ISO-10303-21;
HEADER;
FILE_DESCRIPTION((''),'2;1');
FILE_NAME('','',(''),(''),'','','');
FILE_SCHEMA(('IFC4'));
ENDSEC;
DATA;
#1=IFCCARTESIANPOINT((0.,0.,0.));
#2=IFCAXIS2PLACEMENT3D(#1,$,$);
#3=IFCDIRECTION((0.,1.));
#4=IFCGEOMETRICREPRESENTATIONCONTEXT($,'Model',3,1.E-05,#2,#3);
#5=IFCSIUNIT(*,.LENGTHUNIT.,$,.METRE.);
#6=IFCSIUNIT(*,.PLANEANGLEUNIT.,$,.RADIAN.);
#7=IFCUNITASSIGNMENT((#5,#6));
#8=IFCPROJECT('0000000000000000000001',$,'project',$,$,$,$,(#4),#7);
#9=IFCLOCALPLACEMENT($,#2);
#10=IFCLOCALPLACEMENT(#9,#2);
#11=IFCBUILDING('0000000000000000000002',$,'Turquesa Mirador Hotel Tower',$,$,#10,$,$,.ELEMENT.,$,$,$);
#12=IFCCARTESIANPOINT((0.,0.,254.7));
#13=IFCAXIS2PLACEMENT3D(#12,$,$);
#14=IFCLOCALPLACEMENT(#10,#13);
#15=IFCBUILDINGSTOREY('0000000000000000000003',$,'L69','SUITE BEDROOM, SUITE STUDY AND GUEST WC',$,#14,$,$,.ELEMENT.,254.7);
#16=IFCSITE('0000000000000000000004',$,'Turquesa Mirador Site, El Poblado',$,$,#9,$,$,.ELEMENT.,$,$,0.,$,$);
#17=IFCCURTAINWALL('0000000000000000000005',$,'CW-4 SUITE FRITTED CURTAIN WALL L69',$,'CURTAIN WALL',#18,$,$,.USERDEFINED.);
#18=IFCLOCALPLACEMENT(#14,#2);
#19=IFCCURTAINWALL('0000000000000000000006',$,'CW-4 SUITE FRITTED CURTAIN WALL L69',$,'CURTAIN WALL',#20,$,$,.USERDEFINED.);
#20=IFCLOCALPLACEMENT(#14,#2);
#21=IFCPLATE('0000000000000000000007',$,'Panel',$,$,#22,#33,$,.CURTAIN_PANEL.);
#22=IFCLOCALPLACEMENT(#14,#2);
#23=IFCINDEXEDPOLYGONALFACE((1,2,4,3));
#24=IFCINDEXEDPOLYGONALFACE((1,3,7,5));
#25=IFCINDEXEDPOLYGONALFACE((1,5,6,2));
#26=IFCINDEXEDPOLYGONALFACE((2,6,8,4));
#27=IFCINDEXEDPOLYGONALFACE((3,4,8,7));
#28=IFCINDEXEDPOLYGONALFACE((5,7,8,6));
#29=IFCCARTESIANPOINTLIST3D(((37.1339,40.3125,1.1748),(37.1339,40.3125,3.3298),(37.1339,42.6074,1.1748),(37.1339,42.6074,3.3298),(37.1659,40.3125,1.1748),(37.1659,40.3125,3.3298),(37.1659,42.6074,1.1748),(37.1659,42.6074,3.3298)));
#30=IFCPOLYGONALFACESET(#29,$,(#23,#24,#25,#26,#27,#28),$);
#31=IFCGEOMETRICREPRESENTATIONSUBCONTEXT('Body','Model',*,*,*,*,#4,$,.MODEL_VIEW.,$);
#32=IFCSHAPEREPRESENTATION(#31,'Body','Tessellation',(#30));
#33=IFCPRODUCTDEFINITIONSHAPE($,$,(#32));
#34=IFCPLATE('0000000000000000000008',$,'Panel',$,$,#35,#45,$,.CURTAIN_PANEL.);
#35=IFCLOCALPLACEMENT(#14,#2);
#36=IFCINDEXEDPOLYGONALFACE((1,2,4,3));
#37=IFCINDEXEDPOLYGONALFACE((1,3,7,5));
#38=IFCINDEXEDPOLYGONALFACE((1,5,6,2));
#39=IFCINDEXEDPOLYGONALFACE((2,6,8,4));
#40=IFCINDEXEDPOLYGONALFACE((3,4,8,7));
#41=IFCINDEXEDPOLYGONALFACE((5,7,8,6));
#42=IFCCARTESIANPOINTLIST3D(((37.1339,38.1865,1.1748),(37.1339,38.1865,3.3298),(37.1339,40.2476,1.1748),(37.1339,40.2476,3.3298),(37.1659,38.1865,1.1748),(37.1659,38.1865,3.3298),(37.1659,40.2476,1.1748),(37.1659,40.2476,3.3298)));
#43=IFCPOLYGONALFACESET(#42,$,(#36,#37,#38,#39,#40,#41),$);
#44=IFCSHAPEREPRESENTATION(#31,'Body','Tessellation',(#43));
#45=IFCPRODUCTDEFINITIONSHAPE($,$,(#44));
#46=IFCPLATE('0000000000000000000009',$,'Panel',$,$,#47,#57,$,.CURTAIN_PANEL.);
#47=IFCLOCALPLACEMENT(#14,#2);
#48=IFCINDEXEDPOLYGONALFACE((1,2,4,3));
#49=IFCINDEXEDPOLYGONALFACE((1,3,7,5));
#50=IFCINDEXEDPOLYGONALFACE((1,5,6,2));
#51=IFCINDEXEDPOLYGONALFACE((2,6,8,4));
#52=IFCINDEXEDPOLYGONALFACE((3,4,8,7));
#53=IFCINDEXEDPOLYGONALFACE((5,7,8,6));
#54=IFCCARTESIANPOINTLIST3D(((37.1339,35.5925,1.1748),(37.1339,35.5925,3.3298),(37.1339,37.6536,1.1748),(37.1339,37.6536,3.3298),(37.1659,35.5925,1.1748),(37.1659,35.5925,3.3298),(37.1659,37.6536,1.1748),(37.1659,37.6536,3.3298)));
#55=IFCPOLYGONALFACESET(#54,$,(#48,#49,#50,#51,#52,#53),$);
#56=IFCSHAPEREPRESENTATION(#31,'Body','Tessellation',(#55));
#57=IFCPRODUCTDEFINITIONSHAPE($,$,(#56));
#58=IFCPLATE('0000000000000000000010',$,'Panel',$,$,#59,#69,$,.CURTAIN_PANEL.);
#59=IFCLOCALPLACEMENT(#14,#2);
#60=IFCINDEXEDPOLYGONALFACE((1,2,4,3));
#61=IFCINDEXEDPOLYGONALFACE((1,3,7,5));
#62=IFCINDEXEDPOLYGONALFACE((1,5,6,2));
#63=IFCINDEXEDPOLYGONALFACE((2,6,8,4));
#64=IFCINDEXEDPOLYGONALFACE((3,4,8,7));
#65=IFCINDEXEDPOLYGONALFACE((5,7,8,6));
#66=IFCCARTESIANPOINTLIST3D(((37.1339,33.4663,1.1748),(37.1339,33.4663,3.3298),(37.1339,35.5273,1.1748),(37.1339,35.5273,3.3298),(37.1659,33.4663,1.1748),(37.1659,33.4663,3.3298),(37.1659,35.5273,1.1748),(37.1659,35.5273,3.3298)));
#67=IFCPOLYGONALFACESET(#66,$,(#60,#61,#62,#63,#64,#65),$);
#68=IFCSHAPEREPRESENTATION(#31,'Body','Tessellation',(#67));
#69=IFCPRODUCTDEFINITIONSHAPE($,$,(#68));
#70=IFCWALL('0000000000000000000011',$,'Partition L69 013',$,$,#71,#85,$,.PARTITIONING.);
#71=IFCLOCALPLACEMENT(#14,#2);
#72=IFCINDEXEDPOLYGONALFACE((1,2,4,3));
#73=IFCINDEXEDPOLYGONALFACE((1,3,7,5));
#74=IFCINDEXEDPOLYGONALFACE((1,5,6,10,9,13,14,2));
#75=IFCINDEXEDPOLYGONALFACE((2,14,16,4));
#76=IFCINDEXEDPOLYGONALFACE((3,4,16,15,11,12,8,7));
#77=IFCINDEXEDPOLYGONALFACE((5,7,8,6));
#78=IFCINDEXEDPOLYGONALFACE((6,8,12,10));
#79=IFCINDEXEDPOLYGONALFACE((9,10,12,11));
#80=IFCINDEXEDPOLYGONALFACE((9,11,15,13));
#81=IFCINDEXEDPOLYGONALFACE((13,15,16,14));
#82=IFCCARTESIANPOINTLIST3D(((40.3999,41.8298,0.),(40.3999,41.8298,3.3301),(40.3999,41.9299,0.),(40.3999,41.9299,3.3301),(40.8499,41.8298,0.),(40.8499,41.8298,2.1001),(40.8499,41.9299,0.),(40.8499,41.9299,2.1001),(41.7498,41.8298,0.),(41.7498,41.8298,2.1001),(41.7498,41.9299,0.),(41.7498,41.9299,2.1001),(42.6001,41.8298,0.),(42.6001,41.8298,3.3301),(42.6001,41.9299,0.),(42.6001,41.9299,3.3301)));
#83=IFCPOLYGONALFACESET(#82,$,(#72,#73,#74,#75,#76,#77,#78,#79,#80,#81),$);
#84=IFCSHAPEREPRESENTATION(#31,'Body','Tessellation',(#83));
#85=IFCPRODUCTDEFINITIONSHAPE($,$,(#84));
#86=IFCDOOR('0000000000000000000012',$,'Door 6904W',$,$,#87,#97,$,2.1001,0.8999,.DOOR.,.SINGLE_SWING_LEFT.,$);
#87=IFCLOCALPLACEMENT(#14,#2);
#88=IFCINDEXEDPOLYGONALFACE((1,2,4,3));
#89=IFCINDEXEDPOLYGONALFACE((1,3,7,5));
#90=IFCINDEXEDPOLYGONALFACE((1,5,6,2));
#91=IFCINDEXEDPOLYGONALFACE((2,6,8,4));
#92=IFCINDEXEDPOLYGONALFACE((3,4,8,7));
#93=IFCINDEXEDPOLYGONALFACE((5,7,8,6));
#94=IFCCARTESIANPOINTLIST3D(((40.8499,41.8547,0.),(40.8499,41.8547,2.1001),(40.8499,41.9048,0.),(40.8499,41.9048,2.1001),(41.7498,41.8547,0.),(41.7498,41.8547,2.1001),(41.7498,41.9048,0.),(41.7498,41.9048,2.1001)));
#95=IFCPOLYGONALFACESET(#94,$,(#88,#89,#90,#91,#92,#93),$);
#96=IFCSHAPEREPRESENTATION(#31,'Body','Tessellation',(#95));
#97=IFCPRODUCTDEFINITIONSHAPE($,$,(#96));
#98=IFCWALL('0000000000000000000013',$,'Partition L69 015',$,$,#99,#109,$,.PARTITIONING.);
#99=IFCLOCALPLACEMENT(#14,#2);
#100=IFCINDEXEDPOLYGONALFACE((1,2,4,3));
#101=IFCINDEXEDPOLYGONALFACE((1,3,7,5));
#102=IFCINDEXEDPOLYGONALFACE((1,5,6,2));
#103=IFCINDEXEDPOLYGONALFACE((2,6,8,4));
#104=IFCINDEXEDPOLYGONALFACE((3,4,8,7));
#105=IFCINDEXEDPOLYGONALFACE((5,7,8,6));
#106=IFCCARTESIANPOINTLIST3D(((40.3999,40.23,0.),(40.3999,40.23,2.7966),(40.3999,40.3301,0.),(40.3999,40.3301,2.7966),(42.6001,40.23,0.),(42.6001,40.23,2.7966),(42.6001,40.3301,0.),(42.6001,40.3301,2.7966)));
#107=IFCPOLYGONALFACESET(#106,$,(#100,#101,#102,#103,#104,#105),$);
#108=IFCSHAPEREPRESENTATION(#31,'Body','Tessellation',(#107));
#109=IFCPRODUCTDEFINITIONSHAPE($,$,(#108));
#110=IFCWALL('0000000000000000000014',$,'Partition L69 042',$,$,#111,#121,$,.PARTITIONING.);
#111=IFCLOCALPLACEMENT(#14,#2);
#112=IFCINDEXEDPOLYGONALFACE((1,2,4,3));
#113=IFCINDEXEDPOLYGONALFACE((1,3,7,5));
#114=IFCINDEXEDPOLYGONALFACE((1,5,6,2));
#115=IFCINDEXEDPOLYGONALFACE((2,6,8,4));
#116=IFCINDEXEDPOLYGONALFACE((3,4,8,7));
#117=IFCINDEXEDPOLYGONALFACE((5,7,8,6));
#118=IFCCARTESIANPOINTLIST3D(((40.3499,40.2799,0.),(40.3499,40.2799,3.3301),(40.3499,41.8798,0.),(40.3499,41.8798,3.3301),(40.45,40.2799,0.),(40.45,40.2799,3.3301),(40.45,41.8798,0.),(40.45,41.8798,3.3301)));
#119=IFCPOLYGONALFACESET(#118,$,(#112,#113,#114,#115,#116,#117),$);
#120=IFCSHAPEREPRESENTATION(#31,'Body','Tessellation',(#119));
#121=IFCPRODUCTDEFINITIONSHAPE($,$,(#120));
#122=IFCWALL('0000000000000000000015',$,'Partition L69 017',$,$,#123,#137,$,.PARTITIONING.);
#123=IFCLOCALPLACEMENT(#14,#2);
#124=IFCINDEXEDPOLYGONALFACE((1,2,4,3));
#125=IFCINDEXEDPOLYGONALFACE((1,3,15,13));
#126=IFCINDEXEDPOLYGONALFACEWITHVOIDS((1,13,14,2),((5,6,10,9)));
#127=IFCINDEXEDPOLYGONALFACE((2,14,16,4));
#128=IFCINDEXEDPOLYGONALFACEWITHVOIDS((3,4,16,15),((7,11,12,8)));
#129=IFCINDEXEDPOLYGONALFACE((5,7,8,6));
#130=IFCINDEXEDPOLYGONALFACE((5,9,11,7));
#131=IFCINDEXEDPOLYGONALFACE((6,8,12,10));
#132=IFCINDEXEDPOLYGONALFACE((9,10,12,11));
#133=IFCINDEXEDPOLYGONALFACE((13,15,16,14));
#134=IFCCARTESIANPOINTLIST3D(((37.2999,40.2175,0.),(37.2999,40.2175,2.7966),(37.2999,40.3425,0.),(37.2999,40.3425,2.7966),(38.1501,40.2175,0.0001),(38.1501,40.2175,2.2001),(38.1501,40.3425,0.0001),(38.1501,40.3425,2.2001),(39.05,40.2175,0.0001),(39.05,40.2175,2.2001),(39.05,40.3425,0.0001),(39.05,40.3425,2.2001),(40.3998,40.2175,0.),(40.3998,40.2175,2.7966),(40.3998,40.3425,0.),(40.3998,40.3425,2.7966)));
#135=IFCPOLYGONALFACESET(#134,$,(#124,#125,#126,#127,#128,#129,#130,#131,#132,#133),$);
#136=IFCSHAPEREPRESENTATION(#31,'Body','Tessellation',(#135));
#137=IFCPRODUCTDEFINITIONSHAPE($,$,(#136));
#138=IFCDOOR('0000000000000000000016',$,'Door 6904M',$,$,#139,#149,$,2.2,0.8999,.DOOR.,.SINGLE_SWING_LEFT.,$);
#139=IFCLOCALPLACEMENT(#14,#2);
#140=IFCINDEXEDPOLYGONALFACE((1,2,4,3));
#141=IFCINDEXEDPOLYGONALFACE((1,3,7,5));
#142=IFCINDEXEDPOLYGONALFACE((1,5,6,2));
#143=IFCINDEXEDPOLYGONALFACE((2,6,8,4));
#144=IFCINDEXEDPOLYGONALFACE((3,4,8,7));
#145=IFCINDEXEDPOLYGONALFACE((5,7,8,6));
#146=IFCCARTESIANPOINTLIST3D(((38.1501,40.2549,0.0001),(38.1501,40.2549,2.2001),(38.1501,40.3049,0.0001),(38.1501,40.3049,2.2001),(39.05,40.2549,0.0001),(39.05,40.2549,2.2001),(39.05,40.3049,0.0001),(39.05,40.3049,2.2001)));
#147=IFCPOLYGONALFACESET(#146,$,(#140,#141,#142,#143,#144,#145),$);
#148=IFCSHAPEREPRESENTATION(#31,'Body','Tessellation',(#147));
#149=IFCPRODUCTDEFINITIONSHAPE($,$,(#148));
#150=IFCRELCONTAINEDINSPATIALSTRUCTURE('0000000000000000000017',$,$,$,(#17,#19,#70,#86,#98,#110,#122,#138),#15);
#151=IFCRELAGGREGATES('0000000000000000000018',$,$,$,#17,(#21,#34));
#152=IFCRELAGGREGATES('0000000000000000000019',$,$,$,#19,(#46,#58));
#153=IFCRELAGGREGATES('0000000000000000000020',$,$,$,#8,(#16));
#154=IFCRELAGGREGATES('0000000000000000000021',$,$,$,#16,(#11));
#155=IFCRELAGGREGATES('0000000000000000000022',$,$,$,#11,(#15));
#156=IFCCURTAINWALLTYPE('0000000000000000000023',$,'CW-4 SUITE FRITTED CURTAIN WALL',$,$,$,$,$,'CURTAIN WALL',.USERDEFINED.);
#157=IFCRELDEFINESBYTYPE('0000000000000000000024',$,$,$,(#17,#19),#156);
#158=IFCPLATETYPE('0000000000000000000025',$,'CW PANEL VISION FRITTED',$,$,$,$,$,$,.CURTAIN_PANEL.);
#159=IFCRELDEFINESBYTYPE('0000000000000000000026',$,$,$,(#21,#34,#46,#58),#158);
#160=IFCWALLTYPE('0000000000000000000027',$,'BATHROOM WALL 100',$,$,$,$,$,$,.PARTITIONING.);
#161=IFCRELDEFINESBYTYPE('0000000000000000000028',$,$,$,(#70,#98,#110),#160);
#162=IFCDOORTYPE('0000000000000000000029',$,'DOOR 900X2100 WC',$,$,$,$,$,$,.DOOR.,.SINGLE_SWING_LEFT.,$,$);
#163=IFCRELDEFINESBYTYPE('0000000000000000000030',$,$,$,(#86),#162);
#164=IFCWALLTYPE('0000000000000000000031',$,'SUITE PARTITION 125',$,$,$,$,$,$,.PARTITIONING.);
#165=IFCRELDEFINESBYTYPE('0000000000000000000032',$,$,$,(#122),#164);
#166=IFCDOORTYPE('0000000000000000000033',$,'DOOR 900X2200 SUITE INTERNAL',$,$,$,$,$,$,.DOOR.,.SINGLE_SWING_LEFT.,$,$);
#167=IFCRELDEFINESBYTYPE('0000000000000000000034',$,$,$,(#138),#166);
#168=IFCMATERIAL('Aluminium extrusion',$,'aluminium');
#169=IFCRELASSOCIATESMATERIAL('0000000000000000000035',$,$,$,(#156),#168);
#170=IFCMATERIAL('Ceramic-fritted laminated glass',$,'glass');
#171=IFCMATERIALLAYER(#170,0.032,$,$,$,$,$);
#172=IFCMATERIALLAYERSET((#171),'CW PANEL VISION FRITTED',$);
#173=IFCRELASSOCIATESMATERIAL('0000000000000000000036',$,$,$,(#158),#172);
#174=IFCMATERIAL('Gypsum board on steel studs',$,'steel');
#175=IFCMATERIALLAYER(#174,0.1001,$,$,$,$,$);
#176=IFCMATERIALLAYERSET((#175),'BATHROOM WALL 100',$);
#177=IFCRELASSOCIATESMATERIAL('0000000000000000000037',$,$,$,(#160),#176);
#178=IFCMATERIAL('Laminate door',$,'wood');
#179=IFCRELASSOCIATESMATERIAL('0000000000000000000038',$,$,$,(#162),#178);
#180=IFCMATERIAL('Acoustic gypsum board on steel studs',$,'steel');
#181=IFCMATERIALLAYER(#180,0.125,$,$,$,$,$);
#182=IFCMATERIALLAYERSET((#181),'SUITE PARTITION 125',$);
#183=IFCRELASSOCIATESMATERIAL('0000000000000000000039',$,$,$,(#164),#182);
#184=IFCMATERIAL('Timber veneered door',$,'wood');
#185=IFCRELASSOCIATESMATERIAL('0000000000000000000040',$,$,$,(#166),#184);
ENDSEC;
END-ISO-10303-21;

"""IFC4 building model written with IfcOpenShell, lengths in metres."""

from ifc_helpers import new_model, si_unit, direction, frame, frame_2d, origin, origin_2d, place, context, subcontext, project, spatial, rectangle, extrude, material, layer, layer_set, type_object, element, fill, aggregate, save


model = new_model("IFC4")

# Units and contexts
model_context = context("Model", 3, precision=1e-05, world=origin(), true_north=direction((0.0, 1.0)))
body_context = subcontext(model_context, "Body", "Model", "MODEL_VIEW")
ifc_project = project(units=[si_unit("LENGTHUNIT", "METRE"), si_unit("PLANEANGLEUNIT", "RADIAN")], contexts=[model_context])

# Site, building, storey
site_placement = place(None, origin())
site = spatial("IfcSite", under=ifc_project, at=site_placement, Name="Turquesa Mirador Site, El Poblado", CompositionType="ELEMENT", RefElevation=0.0)
building_placement = place(site_placement, origin())
building = spatial("IfcBuilding", under=site, at=building_placement, Name="Turquesa Mirador Hotel Tower", CompositionType="ELEMENT")
storey_placement = place(building_placement, frame((0.0, 0.0, 254.7)))
storey = spatial("IfcBuildingStorey", under=building, at=storey_placement, Name="L69", Description="SUITE BEDROOM, SUITE STUDY AND GUEST WC", CompositionType="ELEMENT", Elevation=254.7)

# Curtain walls
ifc_material_1 = material(Name="Aluminium extrusion", Category="aluminium")
curtain_wall_type = type_object("IfcCurtainWallType", Name="CW-4 SUITE FRITTED CURTAIN WALL", ElementType="CURTAIN WALL", PredefinedType="USERDEFINED", material=ifc_material_1)
curtain_wall_1_placement = place(storey_placement, origin())
curtain_wall_1 = element("IfcCurtainWall", 1, at=curtain_wall_1_placement, inside=storey, type_object=curtain_wall_type, Name="CW-4 SUITE FRITTED CURTAIN WALL L69", ObjectType="CURTAIN WALL", PredefinedType="USERDEFINED")
curtain_wall_2_placement = place(storey_placement, origin())
curtain_wall_2 = element("IfcCurtainWall", 2, at=curtain_wall_2_placement, inside=storey, type_object=curtain_wall_type, Name="CW-4 SUITE FRITTED CURTAIN WALL L69", ObjectType="CURTAIN WALL", PredefinedType="USERDEFINED")

# Plates
ifc_material_2 = material(Name="Ceramic-fritted laminated glass", Category="glass")
ifc_layer_1 = layer(ifc_material_2, 0.032)
ifc_layer_set_1 = layer_set([ifc_layer_1], Name="CW PANEL VISION FRITTED")
plate_type_1 = type_object("IfcPlateType", Name="CW PANEL VISION FRITTED", PredefinedType="CURTAIN_PANEL", material=ifc_layer_set_1)
plate_1_placement = place(storey_placement, frame((37.1499, 41.46, 1.1748), z_axis=(0.0, 0.0, 1.0), x_axis=(0.0, -1.0, 0.0)))
plate_1 = element("IfcPlate", 3, at=plate_1_placement, type_object=plate_type_1, Name="Panel", PredefinedType="CURTAIN_PANEL", context=body_context, shape_type="SweptSolid", body=[
    extrude(rectangle(XDim=2.2949, YDim=0.032, at=origin_2d()), origin(), (0.0, 0.0, 1.0), 2.155),
])
plate_2_placement = place(storey_placement, frame((37.1499, 39.217, 1.1748), z_axis=(0.0, 0.0, 1.0), x_axis=(0.0, -1.0, 0.0)))
plate_2 = element("IfcPlate", 4, at=plate_2_placement, type_object=plate_type_1, Name="Panel", PredefinedType="CURTAIN_PANEL", context=body_context, shape_type="SweptSolid", body=[
    extrude(rectangle(XDim=2.061, YDim=0.032, at=origin_2d()), origin(), (0.0, 0.0, 1.0), 2.155),
])
aggregate(curtain_wall_1, [plate_1, plate_2])
plate_3_placement = place(storey_placement, frame((37.1499, 36.623, 1.1748), z_axis=(0.0, 0.0, 1.0), x_axis=(0.0, -1.0, 0.0)))
plate_3 = element("IfcPlate", 5, at=plate_3_placement, type_object=plate_type_1, Name="Panel", PredefinedType="CURTAIN_PANEL", context=body_context, shape_type="SweptSolid", body=[
    extrude(rectangle(XDim=2.061, YDim=0.032, at=origin_2d()), origin(), (0.0, 0.0, 1.0), 2.155),
])
plate_4_placement = place(storey_placement, frame((37.1499, 34.4968, 1.1748), z_axis=(0.0, 0.0, 1.0), x_axis=(0.0, -1.0, 0.0)))
plate_4 = element("IfcPlate", 6, at=plate_4_placement, type_object=plate_type_1, Name="Panel", PredefinedType="CURTAIN_PANEL", context=body_context, shape_type="SweptSolid", body=[
    extrude(rectangle(XDim=2.061, YDim=0.032, at=origin_2d()), origin(), (0.0, 0.0, 1.0), 2.155),
])
aggregate(curtain_wall_2, [plate_3, plate_4])

# Wall, opening, door
ifc_material_3 = material(Name="Gypsum board on steel studs", Category="steel")
ifc_layer_2 = layer(ifc_material_3, 0.1001)
ifc_layer_set_2 = layer_set([ifc_layer_2], Name="BATHROOM WALL 100")
wall_type_1 = type_object("IfcWallType", Name="BATHROOM WALL 100", PredefinedType="PARTITIONING", material=ifc_layer_set_2)
wall_1_placement = place(storey_placement, frame((40.3999, 41.8799, 0.0), z_axis=(0.0, 0.0, 1.0), x_axis=(1.0, 0.0, 0.0)))
wall_1 = element("IfcWall", 7, at=wall_1_placement, inside=storey, type_object=wall_type_1, Name="Partition L69 013", PredefinedType="PARTITIONING", context=body_context, shape_type="SweptSolid", body=[
    extrude(rectangle(XDim=2.2002, YDim=0.1001, at=frame_2d((1.1001, 0.0))), origin(), (0.0, 0.0, 1.0), 3.3301),
])
opening_1_placement = place(wall_1_placement, frame((0.45, 0.0, 0.0)))
opening_1 = element("IfcOpeningElement", 8, at=opening_1_placement, cuts=wall_1, PredefinedType="OPENING", context=body_context, shape_type="SweptSolid", body=[
    extrude(rectangle(XDim=0.8999, YDim=2.1001, at=frame_2d((0.45, 1.05))), frame((0.0, 0.0601, 0.0), z_axis=(0.0, -1.0, 0.0), x_axis=(1.0, 0.0, 0.0)), (0.0, 0.0, 1.0), 0.1201),
])
ifc_material_4 = material(Name="Laminate door", Category="wood")
door_type_1 = type_object("IfcDoorType", Name="DOOR 900X2100 WC", OperationType="SINGLE_SWING_LEFT", PredefinedType="DOOR", material=ifc_material_4)
door_1_placement = place(opening_1_placement, origin())
door_1 = element("IfcDoor", 9, at=door_1_placement, inside=storey, type_object=door_type_1, Name="Door 6904W", OperationType="SINGLE_SWING_LEFT", OverallHeight=2.1001, OverallWidth=0.8999, PredefinedType="DOOR", context=body_context, shape_type="SweptSolid", body=[
    extrude(rectangle(XDim=0.8999, YDim=2.1001, at=frame_2d((0.45, 1.05))), frame((0.0, 0.0249, 0.0), z_axis=(0.0, -1.0, 0.0), x_axis=(1.0, 0.0, 0.0)), (0.0, 0.0, 1.0), 0.05),
])
fill(opening_1, door_1)

# Walls
wall_2_placement = place(storey_placement, frame((40.3999, 40.28, 0.0), z_axis=(0.0, 0.0, 1.0), x_axis=(1.0, 0.0, 0.0)))
element("IfcWall", 10, at=wall_2_placement, inside=storey, type_object=wall_type_1, Name="Partition L69 015", PredefinedType="PARTITIONING", context=body_context, shape_type="SweptSolid", body=[
    extrude(rectangle(XDim=2.2002, YDim=0.1001, at=frame_2d((1.1001, 0.0))), origin(), (0.0, 0.0, 1.0), 2.7966),
])
wall_3_placement = place(storey_placement, frame((40.3999, 40.28, 0.0), z_axis=(0.0, 0.0, 1.0), x_axis=(0.0, 1.0, 0.0)))
element("IfcWall", 11, at=wall_3_placement, inside=storey, type_object=wall_type_1, Name="Partition L69 042", PredefinedType="PARTITIONING", context=body_context, shape_type="SweptSolid", body=[
    extrude(rectangle(XDim=1.5999, YDim=0.1001, at=frame_2d((0.7998, 0.0))), origin(), (0.0, 0.0, 1.0), 3.3301),
])

# Wall, opening, door
ifc_material_5 = material(Name="Acoustic gypsum board on steel studs", Category="steel")
ifc_layer_3 = layer(ifc_material_5, 0.125)
ifc_layer_set_3 = layer_set([ifc_layer_3], Name="SUITE PARTITION 125")
wall_type_2 = type_object("IfcWallType", Name="SUITE PARTITION 125", PredefinedType="PARTITIONING", material=ifc_layer_set_3)
wall_4_placement = place(storey_placement, frame((37.3, 40.28, 0.0), z_axis=(0.0, 0.0, 1.0), x_axis=(1.0, 0.0, 0.0)))
wall_4 = element("IfcWall", 12, at=wall_4_placement, inside=storey, type_object=wall_type_2, Name="Partition L69 017", PredefinedType="PARTITIONING", context=body_context, shape_type="SweptSolid", body=[
    extrude(rectangle(XDim=3.0999, YDim=0.125, at=frame_2d((1.5498, 0.0))), origin(), (0.0, 0.0, 1.0), 2.7966),
])
opening_2_placement = place(wall_4_placement, frame((0.8501, 0.0, 0.0)))
opening_2 = element("IfcOpeningElement", 13, at=opening_2_placement, cuts=wall_4, PredefinedType="OPENING", context=body_context, shape_type="SweptSolid", body=[
    extrude(rectangle(XDim=0.8999, YDim=2.2, at=frame_2d((0.45, 1.1001))), frame((0.0, 0.0725, 0.0), z_axis=(0.0, -1.0, 0.0), x_axis=(1.0, 0.0, 0.0)), (0.0, 0.0, 1.0), 0.145),
])
ifc_material_6 = material(Name="Timber veneered door", Category="wood")
door_type_2 = type_object("IfcDoorType", Name="DOOR 900X2200 SUITE INTERNAL", OperationType="SINGLE_SWING_LEFT", PredefinedType="DOOR", material=ifc_material_6)
door_2_placement = place(opening_2_placement, origin())
door_2 = element("IfcDoor", 14, at=door_2_placement, inside=storey, type_object=door_type_2, Name="Door 6904M", OperationType="SINGLE_SWING_LEFT", OverallHeight=2.2, OverallWidth=0.8999, PredefinedType="DOOR", context=body_context, shape_type="SweptSolid", body=[
    extrude(rectangle(XDim=0.8999, YDim=2.2, at=frame_2d((0.45, 1.1001))), frame((0.0, 0.0249, 0.0), z_axis=(0.0, -1.0, 0.0), x_axis=(1.0, 0.0, 0.0)), (0.0, 0.0, 1.0), 0.05),
])
fill(opening_2, door_2)

save(model, "model.ifc")
